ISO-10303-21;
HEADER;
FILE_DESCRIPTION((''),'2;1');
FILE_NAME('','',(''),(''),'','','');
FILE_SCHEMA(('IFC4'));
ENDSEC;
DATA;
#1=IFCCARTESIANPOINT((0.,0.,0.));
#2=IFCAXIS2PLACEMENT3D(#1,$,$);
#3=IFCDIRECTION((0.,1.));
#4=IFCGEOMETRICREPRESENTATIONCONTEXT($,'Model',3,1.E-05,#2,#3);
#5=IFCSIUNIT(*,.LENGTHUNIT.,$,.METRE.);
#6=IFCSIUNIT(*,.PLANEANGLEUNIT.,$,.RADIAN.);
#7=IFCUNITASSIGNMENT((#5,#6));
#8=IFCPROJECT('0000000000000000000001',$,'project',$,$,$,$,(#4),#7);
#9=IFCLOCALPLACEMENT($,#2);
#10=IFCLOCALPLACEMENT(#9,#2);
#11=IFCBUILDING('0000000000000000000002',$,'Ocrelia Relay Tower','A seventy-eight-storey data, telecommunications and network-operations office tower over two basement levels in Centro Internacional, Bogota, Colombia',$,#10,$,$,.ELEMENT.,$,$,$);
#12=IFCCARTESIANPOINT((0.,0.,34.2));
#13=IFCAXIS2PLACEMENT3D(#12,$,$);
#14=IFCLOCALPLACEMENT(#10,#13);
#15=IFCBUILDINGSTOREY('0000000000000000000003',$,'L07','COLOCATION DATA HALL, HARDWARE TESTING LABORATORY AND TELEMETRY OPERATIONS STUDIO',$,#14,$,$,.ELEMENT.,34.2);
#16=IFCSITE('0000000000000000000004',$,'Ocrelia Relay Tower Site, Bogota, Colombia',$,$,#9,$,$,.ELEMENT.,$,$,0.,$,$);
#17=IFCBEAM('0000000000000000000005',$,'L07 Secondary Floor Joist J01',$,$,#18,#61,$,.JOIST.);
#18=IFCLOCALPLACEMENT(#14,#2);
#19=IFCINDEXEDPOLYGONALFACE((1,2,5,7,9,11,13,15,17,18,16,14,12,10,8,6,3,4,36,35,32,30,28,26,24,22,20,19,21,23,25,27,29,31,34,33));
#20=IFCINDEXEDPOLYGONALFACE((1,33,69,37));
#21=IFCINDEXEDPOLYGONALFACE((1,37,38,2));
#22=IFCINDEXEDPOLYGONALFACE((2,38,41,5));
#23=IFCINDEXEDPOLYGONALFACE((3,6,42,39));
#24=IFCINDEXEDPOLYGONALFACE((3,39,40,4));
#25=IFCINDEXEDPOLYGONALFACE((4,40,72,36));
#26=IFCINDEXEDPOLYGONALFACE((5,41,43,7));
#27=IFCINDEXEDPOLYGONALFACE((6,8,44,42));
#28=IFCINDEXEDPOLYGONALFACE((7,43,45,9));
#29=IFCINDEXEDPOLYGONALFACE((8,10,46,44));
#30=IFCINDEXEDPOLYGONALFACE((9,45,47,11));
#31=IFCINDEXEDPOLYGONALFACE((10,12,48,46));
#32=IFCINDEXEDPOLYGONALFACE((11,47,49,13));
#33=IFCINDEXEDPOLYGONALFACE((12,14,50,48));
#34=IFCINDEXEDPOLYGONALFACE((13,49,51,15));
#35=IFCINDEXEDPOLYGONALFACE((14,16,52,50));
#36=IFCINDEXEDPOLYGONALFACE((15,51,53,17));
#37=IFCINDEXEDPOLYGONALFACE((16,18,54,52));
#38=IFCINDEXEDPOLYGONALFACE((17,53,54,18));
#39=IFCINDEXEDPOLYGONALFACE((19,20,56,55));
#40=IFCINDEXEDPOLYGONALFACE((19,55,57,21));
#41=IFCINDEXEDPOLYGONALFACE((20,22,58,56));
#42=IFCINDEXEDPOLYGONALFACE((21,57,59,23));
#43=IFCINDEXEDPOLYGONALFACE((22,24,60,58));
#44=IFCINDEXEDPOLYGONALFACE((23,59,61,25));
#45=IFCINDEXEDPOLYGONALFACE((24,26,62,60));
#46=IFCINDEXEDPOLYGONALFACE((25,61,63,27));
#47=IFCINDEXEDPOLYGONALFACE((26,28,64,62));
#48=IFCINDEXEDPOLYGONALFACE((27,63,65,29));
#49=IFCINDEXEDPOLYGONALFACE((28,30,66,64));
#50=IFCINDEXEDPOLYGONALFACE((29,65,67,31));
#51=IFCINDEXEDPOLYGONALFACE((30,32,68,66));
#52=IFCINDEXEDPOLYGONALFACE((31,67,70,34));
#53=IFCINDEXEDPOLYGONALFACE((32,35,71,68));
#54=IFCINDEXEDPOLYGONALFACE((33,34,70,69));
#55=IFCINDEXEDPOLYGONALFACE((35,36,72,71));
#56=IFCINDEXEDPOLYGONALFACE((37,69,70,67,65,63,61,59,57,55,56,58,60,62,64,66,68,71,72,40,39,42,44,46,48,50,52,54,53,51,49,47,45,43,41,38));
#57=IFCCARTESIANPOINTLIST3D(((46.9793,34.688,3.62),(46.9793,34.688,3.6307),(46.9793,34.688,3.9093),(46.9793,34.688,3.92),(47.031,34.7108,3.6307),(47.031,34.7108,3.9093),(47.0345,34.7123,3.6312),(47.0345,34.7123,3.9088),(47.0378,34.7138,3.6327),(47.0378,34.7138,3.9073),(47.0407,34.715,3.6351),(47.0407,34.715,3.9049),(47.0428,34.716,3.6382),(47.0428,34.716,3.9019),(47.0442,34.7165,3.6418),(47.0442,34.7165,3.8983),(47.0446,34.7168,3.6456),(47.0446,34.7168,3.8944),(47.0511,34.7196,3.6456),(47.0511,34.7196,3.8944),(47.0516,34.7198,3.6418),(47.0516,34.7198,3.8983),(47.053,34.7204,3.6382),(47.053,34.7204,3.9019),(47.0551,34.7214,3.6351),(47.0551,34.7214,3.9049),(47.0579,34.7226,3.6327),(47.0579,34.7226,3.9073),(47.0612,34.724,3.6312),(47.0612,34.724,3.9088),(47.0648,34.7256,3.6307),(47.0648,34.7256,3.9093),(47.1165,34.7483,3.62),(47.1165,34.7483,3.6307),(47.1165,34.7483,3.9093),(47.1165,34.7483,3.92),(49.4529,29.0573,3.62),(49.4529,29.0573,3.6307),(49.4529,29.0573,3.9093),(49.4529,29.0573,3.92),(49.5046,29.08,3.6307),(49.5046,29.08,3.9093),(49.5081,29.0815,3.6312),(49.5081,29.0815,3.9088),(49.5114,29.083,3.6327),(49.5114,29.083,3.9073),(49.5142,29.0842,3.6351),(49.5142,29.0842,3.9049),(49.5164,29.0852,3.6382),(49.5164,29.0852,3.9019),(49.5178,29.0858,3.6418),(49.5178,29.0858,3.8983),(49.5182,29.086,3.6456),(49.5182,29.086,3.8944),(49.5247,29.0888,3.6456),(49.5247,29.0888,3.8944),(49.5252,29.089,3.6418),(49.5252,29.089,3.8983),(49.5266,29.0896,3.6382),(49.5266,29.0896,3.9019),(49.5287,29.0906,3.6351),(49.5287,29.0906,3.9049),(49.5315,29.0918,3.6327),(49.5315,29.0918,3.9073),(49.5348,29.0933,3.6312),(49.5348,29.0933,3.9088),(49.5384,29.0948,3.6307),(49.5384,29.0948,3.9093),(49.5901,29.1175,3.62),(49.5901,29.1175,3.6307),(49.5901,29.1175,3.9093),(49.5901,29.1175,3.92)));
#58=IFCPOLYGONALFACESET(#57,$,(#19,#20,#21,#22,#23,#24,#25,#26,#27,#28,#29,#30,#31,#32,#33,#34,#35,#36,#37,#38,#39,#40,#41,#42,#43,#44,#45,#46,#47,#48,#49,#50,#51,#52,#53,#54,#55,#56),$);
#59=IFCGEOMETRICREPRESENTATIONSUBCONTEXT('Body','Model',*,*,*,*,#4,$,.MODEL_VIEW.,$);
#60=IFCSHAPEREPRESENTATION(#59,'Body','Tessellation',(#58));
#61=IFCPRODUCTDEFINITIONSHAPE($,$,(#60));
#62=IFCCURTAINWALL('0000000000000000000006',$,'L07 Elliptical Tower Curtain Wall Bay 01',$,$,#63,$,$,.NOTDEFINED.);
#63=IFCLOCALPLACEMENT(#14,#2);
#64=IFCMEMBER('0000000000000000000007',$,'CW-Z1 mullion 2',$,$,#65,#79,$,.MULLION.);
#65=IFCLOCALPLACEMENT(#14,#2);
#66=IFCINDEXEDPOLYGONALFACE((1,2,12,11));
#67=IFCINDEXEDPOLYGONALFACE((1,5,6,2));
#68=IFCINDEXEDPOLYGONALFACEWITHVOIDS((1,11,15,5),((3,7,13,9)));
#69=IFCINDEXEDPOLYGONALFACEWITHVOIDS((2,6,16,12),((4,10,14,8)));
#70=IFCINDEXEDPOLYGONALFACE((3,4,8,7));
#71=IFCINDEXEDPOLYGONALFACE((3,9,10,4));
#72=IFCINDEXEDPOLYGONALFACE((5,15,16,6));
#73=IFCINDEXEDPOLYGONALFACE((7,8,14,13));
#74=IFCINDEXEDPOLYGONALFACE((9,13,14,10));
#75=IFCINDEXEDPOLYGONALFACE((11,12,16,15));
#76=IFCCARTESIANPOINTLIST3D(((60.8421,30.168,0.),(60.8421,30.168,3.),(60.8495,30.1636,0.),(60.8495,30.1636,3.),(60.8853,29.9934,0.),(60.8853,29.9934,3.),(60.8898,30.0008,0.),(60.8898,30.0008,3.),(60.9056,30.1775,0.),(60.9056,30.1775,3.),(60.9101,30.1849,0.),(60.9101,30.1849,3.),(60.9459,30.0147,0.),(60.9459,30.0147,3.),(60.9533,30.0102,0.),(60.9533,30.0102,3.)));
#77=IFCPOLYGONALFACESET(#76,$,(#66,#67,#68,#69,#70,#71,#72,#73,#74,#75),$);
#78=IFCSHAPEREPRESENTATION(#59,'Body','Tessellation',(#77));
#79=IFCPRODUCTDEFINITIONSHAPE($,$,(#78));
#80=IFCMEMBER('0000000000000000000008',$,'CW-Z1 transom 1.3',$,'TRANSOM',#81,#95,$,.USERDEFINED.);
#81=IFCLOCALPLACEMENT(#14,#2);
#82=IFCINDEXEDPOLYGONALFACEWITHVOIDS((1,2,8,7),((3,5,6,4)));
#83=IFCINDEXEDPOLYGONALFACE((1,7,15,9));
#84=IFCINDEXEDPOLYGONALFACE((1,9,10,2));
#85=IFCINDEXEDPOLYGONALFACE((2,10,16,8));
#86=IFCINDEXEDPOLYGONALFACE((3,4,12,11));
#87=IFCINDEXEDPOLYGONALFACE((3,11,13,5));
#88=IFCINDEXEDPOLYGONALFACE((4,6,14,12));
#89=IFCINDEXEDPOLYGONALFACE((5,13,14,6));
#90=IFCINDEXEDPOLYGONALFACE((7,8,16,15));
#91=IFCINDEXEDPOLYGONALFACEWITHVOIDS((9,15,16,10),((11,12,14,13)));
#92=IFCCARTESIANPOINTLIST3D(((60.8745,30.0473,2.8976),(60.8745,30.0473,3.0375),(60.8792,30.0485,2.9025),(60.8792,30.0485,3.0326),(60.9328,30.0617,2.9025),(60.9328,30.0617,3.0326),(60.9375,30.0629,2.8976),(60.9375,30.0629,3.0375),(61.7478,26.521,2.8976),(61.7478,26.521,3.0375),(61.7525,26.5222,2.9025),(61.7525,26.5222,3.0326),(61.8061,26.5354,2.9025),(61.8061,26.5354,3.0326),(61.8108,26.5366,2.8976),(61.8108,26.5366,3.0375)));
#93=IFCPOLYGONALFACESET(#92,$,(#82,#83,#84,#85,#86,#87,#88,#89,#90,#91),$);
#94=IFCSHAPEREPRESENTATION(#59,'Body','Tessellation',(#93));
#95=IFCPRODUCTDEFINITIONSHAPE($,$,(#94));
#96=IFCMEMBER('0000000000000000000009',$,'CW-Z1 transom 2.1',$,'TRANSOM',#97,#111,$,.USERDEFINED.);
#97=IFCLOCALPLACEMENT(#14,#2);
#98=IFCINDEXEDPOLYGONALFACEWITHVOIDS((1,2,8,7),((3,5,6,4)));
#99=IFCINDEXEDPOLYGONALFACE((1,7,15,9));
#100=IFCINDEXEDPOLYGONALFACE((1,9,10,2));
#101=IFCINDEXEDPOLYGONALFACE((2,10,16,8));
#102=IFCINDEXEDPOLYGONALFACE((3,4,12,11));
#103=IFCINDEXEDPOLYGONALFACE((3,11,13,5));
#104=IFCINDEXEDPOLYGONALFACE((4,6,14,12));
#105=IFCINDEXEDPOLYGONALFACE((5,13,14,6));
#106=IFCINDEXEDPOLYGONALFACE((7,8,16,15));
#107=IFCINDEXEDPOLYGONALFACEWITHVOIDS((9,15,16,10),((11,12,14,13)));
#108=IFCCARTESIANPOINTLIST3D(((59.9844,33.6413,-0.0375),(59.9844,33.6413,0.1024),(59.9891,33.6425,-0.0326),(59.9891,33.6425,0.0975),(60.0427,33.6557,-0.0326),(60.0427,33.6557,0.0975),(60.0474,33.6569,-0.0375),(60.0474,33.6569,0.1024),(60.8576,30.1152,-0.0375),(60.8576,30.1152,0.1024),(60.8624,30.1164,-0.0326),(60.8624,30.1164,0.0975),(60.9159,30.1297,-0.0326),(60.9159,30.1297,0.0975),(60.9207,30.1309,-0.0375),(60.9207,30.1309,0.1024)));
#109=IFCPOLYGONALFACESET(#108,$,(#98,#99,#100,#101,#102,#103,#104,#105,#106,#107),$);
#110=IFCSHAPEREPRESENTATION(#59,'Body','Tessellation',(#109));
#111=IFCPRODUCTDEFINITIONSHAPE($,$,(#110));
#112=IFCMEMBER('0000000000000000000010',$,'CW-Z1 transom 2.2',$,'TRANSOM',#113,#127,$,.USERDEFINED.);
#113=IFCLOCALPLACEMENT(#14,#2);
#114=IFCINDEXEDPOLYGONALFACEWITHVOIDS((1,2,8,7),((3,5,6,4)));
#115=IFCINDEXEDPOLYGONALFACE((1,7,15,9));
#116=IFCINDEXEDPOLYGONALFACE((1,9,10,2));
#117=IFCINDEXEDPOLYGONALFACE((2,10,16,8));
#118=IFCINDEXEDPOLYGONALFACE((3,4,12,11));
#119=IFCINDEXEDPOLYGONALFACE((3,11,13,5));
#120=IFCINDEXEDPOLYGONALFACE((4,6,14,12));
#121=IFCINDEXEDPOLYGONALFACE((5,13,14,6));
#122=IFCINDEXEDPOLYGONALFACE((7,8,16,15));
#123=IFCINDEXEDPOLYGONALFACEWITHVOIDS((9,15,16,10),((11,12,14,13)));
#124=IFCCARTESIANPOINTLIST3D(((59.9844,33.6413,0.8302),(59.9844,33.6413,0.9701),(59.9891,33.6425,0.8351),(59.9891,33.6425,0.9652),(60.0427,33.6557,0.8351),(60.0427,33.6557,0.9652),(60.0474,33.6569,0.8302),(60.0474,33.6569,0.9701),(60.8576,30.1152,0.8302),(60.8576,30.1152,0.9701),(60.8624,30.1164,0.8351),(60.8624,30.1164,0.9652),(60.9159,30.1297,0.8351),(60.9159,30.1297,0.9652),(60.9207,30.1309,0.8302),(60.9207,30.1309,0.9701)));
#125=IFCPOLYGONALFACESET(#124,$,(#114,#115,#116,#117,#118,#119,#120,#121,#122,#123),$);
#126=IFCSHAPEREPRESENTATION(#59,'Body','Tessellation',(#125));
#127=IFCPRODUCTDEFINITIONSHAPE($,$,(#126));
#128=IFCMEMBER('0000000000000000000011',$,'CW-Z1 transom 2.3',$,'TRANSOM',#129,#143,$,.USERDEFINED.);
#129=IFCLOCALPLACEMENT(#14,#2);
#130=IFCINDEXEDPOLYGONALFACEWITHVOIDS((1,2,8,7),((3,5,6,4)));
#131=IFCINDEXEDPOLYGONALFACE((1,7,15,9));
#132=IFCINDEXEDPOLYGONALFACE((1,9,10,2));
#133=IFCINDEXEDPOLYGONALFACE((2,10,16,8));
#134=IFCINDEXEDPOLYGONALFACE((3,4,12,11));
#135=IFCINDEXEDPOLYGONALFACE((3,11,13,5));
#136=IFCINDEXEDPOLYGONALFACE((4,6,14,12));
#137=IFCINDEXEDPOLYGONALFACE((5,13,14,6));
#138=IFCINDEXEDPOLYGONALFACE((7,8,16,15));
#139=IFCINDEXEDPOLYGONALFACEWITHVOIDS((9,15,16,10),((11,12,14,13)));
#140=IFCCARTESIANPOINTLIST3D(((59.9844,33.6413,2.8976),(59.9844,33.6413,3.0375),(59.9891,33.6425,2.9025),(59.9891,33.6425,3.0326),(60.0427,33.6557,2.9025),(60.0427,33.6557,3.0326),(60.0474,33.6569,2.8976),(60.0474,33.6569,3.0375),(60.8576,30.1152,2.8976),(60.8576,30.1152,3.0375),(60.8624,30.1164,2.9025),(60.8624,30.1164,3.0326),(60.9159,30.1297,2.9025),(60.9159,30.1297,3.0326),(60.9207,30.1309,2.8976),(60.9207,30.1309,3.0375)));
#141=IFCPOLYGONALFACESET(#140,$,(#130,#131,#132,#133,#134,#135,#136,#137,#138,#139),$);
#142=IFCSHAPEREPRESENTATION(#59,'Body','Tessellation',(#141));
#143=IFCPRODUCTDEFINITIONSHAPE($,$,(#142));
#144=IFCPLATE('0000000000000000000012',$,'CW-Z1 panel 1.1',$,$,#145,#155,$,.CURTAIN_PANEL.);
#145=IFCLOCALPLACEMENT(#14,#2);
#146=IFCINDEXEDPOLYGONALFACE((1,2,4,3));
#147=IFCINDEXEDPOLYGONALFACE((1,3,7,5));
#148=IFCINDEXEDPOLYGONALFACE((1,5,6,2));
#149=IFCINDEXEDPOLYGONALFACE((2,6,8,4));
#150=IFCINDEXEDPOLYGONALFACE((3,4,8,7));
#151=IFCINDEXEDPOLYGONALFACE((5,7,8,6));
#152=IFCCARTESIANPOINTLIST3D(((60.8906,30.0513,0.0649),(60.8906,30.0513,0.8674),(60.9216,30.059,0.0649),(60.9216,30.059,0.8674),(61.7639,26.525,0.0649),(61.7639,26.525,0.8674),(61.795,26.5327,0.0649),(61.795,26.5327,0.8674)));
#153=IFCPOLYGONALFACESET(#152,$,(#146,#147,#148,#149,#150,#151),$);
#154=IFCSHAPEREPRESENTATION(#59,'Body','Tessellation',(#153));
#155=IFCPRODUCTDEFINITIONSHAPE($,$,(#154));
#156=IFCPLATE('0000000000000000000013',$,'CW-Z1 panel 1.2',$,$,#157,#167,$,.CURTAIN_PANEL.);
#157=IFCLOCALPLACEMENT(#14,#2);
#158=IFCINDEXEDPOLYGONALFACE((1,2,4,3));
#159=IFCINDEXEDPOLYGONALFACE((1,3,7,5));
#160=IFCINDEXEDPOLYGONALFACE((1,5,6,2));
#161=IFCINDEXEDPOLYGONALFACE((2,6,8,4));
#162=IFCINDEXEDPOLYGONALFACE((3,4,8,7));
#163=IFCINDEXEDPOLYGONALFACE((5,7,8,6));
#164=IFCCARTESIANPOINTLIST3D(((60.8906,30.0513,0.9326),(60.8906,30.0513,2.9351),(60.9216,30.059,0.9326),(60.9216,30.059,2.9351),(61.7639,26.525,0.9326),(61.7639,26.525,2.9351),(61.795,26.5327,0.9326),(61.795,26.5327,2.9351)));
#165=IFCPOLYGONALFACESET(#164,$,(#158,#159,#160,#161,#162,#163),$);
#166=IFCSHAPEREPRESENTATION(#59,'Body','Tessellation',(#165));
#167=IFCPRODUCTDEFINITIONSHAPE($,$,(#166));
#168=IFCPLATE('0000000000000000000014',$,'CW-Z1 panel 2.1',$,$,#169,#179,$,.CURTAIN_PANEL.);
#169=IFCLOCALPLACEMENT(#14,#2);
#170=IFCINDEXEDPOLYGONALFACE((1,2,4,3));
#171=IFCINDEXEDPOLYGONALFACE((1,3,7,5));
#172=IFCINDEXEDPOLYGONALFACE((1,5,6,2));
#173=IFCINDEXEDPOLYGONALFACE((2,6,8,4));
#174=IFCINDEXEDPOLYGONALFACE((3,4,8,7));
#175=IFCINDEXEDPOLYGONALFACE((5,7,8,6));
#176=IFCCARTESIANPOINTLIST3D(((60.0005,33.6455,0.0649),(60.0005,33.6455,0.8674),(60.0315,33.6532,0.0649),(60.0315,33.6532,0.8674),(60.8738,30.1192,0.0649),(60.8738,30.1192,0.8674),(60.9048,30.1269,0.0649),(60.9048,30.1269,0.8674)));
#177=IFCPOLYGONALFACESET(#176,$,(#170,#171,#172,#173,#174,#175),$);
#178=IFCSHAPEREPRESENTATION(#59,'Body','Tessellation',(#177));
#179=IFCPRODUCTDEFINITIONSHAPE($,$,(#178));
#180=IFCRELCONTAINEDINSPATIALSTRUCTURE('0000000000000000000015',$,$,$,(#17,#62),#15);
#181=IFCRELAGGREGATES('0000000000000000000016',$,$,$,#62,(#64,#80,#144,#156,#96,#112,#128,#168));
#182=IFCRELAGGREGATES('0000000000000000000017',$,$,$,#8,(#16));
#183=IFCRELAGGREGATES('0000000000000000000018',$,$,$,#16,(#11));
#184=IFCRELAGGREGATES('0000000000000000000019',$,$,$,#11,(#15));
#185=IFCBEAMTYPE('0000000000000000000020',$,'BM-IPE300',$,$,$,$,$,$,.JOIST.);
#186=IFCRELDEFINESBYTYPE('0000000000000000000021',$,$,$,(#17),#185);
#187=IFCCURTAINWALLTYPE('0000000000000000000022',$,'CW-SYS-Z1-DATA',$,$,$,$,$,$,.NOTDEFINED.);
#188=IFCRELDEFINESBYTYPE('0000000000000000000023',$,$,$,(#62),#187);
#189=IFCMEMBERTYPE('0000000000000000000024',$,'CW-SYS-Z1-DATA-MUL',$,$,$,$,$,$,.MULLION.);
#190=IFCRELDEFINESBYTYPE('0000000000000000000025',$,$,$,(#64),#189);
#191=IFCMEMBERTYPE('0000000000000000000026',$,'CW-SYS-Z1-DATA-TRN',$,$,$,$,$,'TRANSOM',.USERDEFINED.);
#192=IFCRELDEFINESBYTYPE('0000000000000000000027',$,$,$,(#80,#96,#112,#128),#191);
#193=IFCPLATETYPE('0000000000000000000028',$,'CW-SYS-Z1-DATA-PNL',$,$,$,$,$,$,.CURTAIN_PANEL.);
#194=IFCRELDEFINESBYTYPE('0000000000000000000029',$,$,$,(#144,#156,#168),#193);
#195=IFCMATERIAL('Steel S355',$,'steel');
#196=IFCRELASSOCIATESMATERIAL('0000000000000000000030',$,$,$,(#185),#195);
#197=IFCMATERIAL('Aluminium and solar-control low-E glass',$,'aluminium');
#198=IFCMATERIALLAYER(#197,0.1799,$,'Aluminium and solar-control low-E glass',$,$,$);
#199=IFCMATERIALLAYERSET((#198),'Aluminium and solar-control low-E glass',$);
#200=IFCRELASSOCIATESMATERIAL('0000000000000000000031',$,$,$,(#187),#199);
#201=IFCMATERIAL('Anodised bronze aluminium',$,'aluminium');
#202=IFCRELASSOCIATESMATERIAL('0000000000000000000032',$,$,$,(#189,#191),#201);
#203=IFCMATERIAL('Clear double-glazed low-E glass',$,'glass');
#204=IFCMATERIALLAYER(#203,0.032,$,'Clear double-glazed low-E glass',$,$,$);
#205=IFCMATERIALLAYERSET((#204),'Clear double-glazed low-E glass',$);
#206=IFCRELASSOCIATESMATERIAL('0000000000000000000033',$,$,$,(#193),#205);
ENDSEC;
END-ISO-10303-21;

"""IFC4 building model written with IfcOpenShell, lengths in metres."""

from ifc_helpers import new_model, si_unit, direction, frame, origin, origin_2d, place, context, subcontext, project, spatial, rectangle, hollow_rectangle, i_section, extrude, material, layer, layer_set, material_profile, profile_set, type_object, element, aggregate, save


model = new_model("IFC4")

# Units and contexts
model_context = context("Model", 3, precision=1e-05, world=origin(), true_north=direction((0.0, 1.0)))
body_context = subcontext(model_context, "Body", "Model", "MODEL_VIEW")
ifc_project = project(units=[si_unit("LENGTHUNIT", "METRE"), si_unit("PLANEANGLEUNIT", "RADIAN")], contexts=[model_context])

# Site, building, storey
site_placement = place(None, origin())
site = spatial("IfcSite", under=ifc_project, at=site_placement, Name="Ocrelia Relay Tower Site, Bogota, Colombia", CompositionType="ELEMENT", RefElevation=0.0)
building_placement = place(site_placement, origin())
building = spatial("IfcBuilding", under=site, at=building_placement, Name="Ocrelia Relay Tower", Description="A seventy-eight-storey data, telecommunications and network-operations office tower over two basement levels in Centro Internacional, Bogota, Colombia", CompositionType="ELEMENT")
storey_placement = place(building_placement, frame((0.0, 0.0, 34.2)))
storey = spatial("IfcBuildingStorey", under=building, at=storey_placement, Name="L07", Description="COLOCATION DATA HALL, HARDWARE TESTING LABORATORY AND TELEMETRY OPERATIONS STUDIO", CompositionType="ELEMENT", Elevation=34.2)

# Beam
ifc_material_1 = material(Name="Steel S355", Category="steel")
ifc_material_profile_1 = material_profile(ifc_material_1, i_section(OverallWidth=0.1499, OverallDepth=0.3, WebThickness=0.0071, FlangeThickness=0.0107, FilletRadius=0.0149, at=origin_2d()), Name="IPE 300")
ifc_profile_set_1 = profile_set([ifc_material_profile_1], Name="Steel S355")
beam_type_1 = type_object("IfcBeamType", Name="BM-IPE300", PredefinedType="JOIST", material=ifc_profile_set_1)
beam_1_placement = place(storey_placement, frame((49.5215, 29.0874, 3.77), z_axis=(-0.402201, 0.915551, 0.0), x_axis=(-0.915551, -0.402201, 0.0)))
element("IfcBeam", 1, at=beam_1_placement, inside=storey, type_object=beam_type_1, Name="L07 Secondary Floor Joist J01", PredefinedType="JOIST", context=body_context, shape_type="SweptSolid", body=[
    extrude(i_section(OverallWidth=0.1499, OverallDepth=0.3, WebThickness=0.0071, FlangeThickness=0.0107, FilletRadius=0.0149, at=origin_2d()), origin(), (0.0, 0.0, 1.0), 6.1501),
])

# Curtain wall, members, plates
ifc_material_2 = material(Name="Aluminium and solar-control low-E glass", Category="aluminium")
ifc_layer_1 = layer(ifc_material_2, 0.1799, Name="Aluminium and solar-control low-E glass")
ifc_layer_set_1 = layer_set([ifc_layer_1], Name="Aluminium and solar-control low-E glass")
curtain_wall_type = type_object("IfcCurtainWallType", Name="CW-SYS-Z1-DATA", PredefinedType="NOTDEFINED", material=ifc_layer_set_1)
curtain_wall_placement = place(storey_placement, origin())
curtain_wall = element("IfcCurtainWall", 2, at=curtain_wall_placement, inside=storey, type_object=curtain_wall_type, Name="L07 Elliptical Tower Curtain Wall Bay 01", PredefinedType="NOTDEFINED")
ifc_material_3 = material(Name="Anodised bronze aluminium", Category="aluminium")
ifc_material_profile_2 = material_profile(ifc_material_3, hollow_rectangle(XDim=0.0701, YDim=0.1799, WallThickness=0.0061, at=origin_2d()), Name="CW-MUL-180x70")
ifc_profile_set_2 = profile_set([ifc_material_profile_2], Name="Anodised bronze aluminium")
member_type_1 = type_object("IfcMemberType", Name="CW-SYS-Z1-DATA-MUL", PredefinedType="MULLION", material=ifc_profile_set_2)
member_1_placement = place(storey_placement, frame((60.8977, 30.0891, 0.0), z_axis=(0.0, 0.0, 1.0), x_axis=(-0.970674, -0.240398, 0.0)))
member_1 = element("IfcMember", 3, at=member_1_placement, type_object=member_type_1, Name="CW-Z1 mullion 2", PredefinedType="MULLION", context=body_context, shape_type="SweptSolid", body=[
    extrude(hollow_rectangle(XDim=0.0701, YDim=0.1799, WallThickness=0.0061, at=origin_2d()), origin(), (0.0, 0.0, 1.0), 3.0),
])
ifc_material_profile_3 = material_profile(ifc_material_3, hollow_rectangle(XDim=0.0649, YDim=0.1399, WallThickness=0.0049, at=origin_2d()), Name="CW-TRN-140x65")
ifc_profile_set_3 = profile_set([ifc_material_profile_3], Name="Anodised bronze aluminium")
member_type_2 = type_object("IfcMemberType", Name="CW-SYS-Z1-DATA-TRN", ElementType="TRANSOM", PredefinedType="USERDEFINED", material=ifc_profile_set_3)
member_2_placement = place(storey_placement, frame((61.7793, 26.5288, 2.9675), z_axis=(-0.240385, 0.970678, 0.0), x_axis=(-0.970678, -0.240385, 0.0)))
member_2 = element("IfcMember", 4, at=member_2_placement, type_object=member_type_2, Name="CW-Z1 transom 1.3", ObjectType="TRANSOM", PredefinedType="USERDEFINED", context=body_context, shape_type="SweptSolid", body=[
    extrude(hollow_rectangle(XDim=0.0649, YDim=0.1399, WallThickness=0.0049, at=origin_2d()), origin(), (0.0, 0.0, 1.0), 3.6328),
])
member_3_placement = place(storey_placement, frame((60.8892, 30.123, 0.0325), z_axis=(-0.2404, 0.970674, 0.0), x_axis=(-0.970674, -0.2404, 0.0)))
member_3 = element("IfcMember", 5, at=member_3_placement, type_object=member_type_2, Name="CW-Z1 transom 2.1", ObjectType="TRANSOM", PredefinedType="USERDEFINED", context=body_context, shape_type="SweptSolid", body=[
    extrude(hollow_rectangle(XDim=0.0649, YDim=0.1399, WallThickness=0.0049, at=origin_2d()), origin(), (0.0, 0.0, 1.0), 3.6326),
])
member_4_placement = place(storey_placement, frame((60.8892, 30.123, 0.9001), z_axis=(-0.2404, 0.970674, 0.0), x_axis=(-0.970674, -0.2404, 0.0)))
member_4 = element("IfcMember", 6, at=member_4_placement, type_object=member_type_2, Name="CW-Z1 transom 2.2", ObjectType="TRANSOM", PredefinedType="USERDEFINED", context=body_context, shape_type="SweptSolid", body=[
    extrude(hollow_rectangle(XDim=0.0649, YDim=0.1399, WallThickness=0.0049, at=origin_2d()), origin(), (0.0, 0.0, 1.0), 3.6326),
])
member_5_placement = place(storey_placement, frame((60.8892, 30.123, 2.9675), z_axis=(-0.2404, 0.970674, 0.0), x_axis=(-0.970674, -0.2404, 0.0)))
member_5 = element("IfcMember", 7, at=member_5_placement, type_object=member_type_2, Name="CW-Z1 transom 2.3", ObjectType="TRANSOM", PredefinedType="USERDEFINED", context=body_context, shape_type="SweptSolid", body=[
    extrude(hollow_rectangle(XDim=0.0649, YDim=0.1399, WallThickness=0.0049, at=origin_2d()), origin(), (0.0, 0.0, 1.0), 3.6326),
])
ifc_material_4 = material(Name="Clear double-glazed low-E glass", Category="glass")
ifc_layer_2 = layer(ifc_material_4, 0.032, Name="Clear double-glazed low-E glass")
ifc_layer_set_2 = layer_set([ifc_layer_2], Name="Clear double-glazed low-E glass")
plate_type = type_object("IfcPlateType", Name="CW-SYS-Z1-DATA-PNL", PredefinedType="CURTAIN_PANEL", material=ifc_layer_set_2)
plate_1_placement = place(storey_placement, frame((61.3428, 28.292, 0.0649), z_axis=(0.0, 0.0, 1.0), x_axis=(-0.240398, 0.970674, 0.0)))
plate_1 = element("IfcPlate", 8, at=plate_1_placement, type_object=plate_type, Name="CW-Z1 panel 1.1", PredefinedType="CURTAIN_PANEL", context=body_context, shape_type="SweptSolid", body=[
    extrude(rectangle(XDim=3.6328, YDim=0.032, at=origin_2d()), origin(), (0.0, 0.0, 1.0), 0.8025),
])
plate_2_placement = place(storey_placement, frame((61.3428, 28.292, 0.9326), z_axis=(0.0, 0.0, 1.0), x_axis=(-0.240398, 0.970674, 0.0)))
plate_2 = element("IfcPlate", 9, at=plate_2_placement, type_object=plate_type, Name="CW-Z1 panel 1.2", PredefinedType="CURTAIN_PANEL", context=body_context, shape_type="SweptSolid", body=[
    extrude(rectangle(XDim=3.6328, YDim=0.032, at=origin_2d()), origin(), (0.0, 0.0, 1.0), 2.0024),
])
plate_3_placement = place(storey_placement, frame((60.4526, 31.8862, 0.0649), z_axis=(0.0, 0.0, 1.0), x_axis=(-0.240398, 0.970674, 0.0)))
plate_3 = element("IfcPlate", 10, at=plate_3_placement, type_object=plate_type, Name="CW-Z1 panel 2.1", PredefinedType="CURTAIN_PANEL", context=body_context, shape_type="SweptSolid", body=[
    extrude(rectangle(XDim=3.6328, YDim=0.032, at=origin_2d()), origin(), (0.0, 0.0, 1.0), 0.8025),
])
aggregate(curtain_wall, [member_1, member_2, plate_1, plate_2, member_3, member_4, member_5, plate_3])

save(model, "model.ifc")
